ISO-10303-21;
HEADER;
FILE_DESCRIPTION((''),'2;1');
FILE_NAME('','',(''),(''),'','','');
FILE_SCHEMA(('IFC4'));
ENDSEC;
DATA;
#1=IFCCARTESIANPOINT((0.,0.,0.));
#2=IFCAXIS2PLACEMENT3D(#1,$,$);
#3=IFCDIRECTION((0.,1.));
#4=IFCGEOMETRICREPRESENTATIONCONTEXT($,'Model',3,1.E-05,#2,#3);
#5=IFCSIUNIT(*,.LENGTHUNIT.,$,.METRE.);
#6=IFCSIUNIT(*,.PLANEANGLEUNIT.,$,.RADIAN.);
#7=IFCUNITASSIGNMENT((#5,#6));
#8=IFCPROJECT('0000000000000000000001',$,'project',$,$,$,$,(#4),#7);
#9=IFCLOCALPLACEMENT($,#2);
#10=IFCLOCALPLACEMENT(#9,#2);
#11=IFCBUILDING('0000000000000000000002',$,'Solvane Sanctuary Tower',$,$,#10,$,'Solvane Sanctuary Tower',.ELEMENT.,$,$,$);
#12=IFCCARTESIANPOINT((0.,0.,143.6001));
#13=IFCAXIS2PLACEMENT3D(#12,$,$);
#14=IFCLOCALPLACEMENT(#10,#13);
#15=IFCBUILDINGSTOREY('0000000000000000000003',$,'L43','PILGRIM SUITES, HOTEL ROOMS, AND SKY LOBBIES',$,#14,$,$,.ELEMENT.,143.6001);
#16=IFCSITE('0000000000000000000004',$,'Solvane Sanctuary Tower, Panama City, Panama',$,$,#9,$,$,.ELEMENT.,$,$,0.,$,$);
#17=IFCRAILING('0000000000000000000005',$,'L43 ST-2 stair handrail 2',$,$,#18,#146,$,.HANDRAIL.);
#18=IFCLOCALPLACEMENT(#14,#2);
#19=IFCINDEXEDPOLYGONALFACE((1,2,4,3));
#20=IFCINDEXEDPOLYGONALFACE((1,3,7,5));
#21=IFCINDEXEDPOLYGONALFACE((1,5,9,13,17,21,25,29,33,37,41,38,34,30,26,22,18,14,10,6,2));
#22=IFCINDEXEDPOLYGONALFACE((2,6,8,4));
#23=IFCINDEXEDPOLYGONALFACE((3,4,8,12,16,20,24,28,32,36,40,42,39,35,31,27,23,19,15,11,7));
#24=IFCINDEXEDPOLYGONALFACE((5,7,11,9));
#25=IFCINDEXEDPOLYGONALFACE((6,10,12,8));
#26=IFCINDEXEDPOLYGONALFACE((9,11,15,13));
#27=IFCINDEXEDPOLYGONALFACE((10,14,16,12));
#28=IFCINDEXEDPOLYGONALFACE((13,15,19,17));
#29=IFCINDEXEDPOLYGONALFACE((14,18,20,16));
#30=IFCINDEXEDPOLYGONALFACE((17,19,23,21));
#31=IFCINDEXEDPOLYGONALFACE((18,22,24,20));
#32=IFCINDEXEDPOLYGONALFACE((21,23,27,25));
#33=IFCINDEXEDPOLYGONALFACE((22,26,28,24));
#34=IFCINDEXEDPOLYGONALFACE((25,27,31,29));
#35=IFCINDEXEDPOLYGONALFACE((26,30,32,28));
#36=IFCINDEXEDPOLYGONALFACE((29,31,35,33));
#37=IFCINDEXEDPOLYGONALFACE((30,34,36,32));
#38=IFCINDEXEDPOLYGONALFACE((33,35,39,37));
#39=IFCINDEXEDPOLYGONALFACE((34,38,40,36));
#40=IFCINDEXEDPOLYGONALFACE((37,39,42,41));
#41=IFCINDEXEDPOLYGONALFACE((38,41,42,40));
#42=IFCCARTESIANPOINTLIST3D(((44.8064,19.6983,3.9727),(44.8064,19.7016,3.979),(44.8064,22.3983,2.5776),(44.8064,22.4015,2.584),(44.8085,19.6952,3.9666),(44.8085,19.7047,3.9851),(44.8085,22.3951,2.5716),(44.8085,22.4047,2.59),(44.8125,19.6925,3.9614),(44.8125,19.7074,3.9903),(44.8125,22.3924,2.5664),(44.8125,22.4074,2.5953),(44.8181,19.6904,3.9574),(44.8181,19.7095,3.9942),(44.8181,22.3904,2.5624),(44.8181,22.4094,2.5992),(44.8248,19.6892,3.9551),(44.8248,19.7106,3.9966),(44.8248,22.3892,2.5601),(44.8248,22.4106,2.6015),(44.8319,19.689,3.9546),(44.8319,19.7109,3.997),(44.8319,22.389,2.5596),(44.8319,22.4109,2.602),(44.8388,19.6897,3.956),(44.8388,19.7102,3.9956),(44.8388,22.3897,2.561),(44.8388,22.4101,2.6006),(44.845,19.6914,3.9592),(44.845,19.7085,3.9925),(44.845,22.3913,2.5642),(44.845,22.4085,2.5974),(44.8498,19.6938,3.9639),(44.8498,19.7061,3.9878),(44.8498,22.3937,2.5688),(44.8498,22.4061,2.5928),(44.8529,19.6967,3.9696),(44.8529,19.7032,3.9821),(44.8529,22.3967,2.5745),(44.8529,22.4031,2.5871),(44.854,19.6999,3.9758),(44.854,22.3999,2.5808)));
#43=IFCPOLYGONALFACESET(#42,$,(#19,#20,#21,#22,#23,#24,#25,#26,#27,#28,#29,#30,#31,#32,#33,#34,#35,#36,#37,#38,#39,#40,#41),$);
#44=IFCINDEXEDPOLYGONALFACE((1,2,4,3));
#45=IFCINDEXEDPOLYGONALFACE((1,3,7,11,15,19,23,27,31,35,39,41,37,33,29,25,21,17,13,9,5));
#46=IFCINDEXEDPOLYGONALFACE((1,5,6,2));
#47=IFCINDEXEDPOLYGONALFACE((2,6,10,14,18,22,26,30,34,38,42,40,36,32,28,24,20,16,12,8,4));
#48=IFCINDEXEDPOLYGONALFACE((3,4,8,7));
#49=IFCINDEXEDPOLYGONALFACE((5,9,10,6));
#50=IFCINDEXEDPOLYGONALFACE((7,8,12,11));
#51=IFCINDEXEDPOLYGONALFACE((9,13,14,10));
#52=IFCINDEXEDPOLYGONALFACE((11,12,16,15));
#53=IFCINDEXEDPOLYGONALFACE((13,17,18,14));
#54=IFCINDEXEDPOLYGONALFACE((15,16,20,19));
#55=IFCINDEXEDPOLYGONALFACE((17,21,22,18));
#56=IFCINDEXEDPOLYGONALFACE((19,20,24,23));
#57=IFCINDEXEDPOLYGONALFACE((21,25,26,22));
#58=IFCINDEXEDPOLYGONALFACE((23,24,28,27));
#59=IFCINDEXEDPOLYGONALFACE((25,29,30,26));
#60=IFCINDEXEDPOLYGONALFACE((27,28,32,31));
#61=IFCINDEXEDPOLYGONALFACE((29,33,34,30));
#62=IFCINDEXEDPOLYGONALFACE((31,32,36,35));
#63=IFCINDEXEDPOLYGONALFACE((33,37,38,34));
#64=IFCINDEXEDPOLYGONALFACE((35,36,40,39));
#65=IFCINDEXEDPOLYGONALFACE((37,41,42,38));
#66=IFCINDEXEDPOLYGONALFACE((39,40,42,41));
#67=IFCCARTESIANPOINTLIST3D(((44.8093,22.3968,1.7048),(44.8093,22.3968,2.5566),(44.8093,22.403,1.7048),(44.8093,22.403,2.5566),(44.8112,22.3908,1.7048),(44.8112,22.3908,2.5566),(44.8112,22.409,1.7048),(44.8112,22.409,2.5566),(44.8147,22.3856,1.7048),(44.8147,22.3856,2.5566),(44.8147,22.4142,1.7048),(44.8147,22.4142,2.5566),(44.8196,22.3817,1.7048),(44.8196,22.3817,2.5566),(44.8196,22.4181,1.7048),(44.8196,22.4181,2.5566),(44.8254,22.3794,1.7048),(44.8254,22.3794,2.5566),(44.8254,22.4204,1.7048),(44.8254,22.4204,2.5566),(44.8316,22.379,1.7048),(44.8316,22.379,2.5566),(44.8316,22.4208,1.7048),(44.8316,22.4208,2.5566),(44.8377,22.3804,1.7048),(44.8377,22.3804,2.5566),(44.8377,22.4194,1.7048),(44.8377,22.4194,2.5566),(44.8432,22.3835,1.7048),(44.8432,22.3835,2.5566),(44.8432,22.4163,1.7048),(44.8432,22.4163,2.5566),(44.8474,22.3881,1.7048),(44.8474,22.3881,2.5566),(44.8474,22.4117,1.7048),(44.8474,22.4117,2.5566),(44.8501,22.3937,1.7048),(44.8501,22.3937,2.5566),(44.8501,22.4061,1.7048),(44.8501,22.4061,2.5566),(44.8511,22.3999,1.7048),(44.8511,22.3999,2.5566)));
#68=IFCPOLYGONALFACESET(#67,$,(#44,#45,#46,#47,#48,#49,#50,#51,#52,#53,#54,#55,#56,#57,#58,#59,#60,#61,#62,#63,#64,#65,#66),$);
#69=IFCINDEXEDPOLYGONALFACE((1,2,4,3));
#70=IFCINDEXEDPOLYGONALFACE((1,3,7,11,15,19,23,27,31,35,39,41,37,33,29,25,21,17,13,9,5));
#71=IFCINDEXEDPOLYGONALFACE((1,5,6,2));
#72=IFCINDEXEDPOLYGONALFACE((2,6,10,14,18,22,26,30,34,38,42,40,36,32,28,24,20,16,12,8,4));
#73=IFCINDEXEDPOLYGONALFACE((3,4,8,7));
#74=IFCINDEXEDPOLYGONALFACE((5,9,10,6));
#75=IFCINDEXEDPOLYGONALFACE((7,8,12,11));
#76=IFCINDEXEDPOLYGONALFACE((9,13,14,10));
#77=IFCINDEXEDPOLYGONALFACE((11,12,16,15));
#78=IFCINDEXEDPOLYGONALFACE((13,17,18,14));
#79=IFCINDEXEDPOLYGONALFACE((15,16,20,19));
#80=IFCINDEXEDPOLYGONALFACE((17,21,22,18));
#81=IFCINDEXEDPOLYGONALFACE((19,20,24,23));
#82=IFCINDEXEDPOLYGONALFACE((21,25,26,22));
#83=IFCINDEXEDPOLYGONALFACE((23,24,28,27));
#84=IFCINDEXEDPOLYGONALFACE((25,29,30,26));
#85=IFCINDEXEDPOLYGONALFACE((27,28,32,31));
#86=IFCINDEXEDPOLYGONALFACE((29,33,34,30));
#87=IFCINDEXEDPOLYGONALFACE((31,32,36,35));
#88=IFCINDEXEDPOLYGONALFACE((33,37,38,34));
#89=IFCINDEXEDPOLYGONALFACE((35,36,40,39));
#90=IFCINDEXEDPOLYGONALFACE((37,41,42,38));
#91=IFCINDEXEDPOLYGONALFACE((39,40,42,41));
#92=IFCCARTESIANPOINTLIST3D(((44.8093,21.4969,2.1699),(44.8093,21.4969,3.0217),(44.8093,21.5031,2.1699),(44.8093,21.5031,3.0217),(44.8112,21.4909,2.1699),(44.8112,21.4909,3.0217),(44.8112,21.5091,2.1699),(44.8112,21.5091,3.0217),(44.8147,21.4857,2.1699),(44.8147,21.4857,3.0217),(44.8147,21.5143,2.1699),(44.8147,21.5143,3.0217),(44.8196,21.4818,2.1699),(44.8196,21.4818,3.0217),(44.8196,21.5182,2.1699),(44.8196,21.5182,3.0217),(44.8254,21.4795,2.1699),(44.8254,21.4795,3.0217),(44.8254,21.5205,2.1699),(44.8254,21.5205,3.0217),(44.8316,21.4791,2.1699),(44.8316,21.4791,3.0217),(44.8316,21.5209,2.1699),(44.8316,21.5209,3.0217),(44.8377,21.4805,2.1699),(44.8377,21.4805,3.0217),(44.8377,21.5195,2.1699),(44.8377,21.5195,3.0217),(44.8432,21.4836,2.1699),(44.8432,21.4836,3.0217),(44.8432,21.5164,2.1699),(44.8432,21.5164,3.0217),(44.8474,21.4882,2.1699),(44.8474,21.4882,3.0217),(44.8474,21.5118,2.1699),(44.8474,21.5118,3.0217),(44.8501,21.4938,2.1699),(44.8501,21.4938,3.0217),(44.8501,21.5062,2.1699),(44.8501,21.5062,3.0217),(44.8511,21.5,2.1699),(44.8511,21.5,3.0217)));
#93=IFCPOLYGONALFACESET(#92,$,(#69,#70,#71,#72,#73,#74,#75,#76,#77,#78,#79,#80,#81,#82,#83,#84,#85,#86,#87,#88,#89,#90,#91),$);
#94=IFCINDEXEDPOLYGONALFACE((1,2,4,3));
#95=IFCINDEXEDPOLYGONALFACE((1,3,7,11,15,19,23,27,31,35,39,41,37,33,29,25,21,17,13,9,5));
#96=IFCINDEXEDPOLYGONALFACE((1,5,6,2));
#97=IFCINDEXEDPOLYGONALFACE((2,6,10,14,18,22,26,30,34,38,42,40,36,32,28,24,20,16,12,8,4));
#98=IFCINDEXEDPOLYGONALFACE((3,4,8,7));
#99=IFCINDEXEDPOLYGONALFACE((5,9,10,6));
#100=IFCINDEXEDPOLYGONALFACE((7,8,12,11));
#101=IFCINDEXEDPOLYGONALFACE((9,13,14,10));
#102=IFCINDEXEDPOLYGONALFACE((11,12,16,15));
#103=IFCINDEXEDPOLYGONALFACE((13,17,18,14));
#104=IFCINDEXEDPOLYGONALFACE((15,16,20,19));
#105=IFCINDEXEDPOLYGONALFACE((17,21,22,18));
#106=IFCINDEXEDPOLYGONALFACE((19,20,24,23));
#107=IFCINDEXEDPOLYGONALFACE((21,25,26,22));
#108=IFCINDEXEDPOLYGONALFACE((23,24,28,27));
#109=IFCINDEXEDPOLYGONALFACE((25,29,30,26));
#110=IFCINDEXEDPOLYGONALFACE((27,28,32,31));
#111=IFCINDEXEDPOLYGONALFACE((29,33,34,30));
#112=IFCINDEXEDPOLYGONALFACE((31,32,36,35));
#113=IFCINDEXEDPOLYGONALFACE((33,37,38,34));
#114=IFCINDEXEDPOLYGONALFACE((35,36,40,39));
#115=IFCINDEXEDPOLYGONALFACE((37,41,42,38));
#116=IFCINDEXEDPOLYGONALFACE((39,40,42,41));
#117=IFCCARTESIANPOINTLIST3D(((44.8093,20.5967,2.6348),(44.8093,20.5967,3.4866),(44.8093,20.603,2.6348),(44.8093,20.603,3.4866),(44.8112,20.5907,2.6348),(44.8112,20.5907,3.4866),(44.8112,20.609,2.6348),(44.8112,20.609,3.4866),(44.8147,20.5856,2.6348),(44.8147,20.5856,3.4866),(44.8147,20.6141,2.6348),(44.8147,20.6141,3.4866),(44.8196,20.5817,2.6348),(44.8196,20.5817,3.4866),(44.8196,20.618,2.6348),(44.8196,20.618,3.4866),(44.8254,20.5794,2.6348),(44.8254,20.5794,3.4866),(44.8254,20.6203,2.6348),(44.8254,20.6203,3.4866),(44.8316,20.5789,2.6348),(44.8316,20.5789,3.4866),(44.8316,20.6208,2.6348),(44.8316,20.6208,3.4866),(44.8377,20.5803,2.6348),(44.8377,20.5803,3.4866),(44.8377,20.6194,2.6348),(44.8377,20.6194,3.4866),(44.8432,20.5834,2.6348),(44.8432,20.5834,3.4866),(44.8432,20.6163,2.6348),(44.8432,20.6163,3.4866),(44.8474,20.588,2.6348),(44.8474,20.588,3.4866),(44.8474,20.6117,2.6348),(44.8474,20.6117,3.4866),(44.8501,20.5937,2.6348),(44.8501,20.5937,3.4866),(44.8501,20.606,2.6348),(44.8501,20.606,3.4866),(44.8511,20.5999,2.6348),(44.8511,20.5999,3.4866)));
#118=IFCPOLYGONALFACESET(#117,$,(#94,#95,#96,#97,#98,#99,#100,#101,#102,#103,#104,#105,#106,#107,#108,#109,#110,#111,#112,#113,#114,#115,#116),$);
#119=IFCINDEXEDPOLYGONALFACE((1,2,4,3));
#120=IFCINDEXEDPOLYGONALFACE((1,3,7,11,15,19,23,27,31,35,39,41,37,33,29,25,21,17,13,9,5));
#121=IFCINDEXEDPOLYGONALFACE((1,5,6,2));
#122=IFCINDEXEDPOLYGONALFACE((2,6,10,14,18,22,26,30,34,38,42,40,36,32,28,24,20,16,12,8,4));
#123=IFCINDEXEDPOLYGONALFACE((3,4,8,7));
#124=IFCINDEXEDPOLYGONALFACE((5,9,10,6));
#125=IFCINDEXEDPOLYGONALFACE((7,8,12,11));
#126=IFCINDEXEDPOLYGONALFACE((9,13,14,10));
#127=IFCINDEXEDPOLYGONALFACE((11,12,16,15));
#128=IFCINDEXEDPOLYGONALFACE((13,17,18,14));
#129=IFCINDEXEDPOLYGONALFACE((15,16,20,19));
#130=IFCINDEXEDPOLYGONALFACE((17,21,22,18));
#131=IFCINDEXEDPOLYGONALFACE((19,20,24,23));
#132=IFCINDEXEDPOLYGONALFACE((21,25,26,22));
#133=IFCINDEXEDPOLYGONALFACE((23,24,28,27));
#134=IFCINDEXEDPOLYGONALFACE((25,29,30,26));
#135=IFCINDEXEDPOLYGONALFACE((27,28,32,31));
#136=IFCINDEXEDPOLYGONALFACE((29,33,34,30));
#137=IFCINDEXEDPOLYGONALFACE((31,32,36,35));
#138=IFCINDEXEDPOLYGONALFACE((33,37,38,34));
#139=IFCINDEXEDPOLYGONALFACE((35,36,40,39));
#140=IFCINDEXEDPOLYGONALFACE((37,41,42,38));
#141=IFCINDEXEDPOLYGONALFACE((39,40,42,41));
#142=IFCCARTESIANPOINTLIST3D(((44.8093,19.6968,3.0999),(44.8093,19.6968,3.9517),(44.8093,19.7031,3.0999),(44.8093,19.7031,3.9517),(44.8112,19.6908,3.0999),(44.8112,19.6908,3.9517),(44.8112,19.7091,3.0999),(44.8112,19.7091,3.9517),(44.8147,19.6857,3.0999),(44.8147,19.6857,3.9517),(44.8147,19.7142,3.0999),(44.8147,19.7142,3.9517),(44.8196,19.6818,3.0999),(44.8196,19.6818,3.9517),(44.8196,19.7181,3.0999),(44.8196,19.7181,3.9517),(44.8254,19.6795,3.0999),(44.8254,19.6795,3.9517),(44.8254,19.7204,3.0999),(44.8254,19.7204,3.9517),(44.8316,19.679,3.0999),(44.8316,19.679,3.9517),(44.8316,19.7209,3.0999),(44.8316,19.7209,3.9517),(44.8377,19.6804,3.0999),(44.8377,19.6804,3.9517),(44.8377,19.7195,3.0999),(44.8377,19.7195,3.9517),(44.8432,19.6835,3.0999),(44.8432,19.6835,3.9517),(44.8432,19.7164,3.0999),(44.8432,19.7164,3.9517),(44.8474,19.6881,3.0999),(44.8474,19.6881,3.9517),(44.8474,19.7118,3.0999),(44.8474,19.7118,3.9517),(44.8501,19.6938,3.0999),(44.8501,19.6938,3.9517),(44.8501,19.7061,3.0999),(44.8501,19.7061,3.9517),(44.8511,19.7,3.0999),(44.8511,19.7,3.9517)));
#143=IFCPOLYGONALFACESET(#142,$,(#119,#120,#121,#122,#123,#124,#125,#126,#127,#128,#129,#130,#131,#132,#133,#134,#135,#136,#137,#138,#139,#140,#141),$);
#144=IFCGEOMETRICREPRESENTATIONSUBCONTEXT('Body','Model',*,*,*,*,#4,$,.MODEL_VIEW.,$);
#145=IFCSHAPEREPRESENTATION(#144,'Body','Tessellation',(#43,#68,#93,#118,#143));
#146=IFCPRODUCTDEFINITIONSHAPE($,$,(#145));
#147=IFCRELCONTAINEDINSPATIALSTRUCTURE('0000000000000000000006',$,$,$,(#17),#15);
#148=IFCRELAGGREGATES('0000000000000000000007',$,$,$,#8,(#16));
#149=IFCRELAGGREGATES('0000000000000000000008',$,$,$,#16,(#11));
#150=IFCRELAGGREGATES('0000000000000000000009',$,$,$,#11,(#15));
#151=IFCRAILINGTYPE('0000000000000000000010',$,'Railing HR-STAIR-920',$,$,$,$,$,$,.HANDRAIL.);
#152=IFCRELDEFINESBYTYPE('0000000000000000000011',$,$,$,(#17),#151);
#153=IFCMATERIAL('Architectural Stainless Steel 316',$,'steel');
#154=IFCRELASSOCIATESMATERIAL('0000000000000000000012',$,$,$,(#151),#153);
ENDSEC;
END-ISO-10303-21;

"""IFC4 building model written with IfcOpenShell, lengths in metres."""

from ifc_helpers import new_model, si_unit, direction, frame, origin, origin_2d, place, context, subcontext, project, spatial, circle, extrude, material, type_object, element, save


model = new_model("IFC4")

# Units and contexts
model_context = context("Model", 3, precision=1e-05, world=origin(), true_north=direction((0.0, 1.0)))
body_context = subcontext(model_context, "Body", "Model", "MODEL_VIEW")
ifc_project = project(units=[si_unit("LENGTHUNIT", "METRE"), si_unit("PLANEANGLEUNIT", "RADIAN")], contexts=[model_context])

# Site, building, storey
site_placement = place(None, origin())
site = spatial("IfcSite", under=ifc_project, at=site_placement, Name="Solvane Sanctuary Tower, Panama City, Panama", CompositionType="ELEMENT", RefElevation=0.0)
building_placement = place(site_placement, origin())
building = spatial("IfcBuilding", under=site, at=building_placement, Name="Solvane Sanctuary Tower", LongName="Solvane Sanctuary Tower", CompositionType="ELEMENT")
storey_placement = place(building_placement, frame((0.0, 0.0, 143.6001)))
storey = spatial("IfcBuildingStorey", under=building, at=storey_placement, Name="L43", Description="PILGRIM SUITES, HOTEL ROOMS, AND SKY LOBBIES", CompositionType="ELEMENT", Elevation=143.6001)

# Shared definitions
ifc_material_1 = material(Name="Architectural Stainless Steel 316", Category="steel")

# Railing
railing_type_1 = type_object("IfcRailingType", Name="Railing HR-STAIR-920", PredefinedType="HANDRAIL", material=ifc_material_1)
railing_1_placement = place(storey_placement, frame((44.8301, 22.3999, 1.7048)))
element("IfcRailing", 1, at=railing_1_placement, inside=storey, type_object=railing_type_1, Name="L43 ST-2 stair handrail 2", PredefinedType="HANDRAIL", context=body_context, shape_type="SweptSolid", body=[
    extrude(circle(Radius=0.0239, at=origin_2d()), frame((0.0, 0.0, 0.876), z_axis=(0.0, -0.88842, 0.459032), x_axis=(1.0, 0.0, 0.0)), (0.0, 0.0, 1.0), 3.0391),
    extrude(circle(Radius=0.021, at=origin_2d()), origin(), (0.0, 0.0, 1.0), 0.8518),
    extrude(circle(Radius=0.021, at=origin_2d()), frame((0.0, -0.8999, 0.4651)), (0.0, 0.0, 1.0), 0.8518),
    extrude(circle(Radius=0.021, at=origin_2d()), frame((0.0, -1.8, 0.9299)), (0.0, 0.0, 1.0), 0.8518),
    extrude(circle(Radius=0.021, at=origin_2d()), frame((0.0, -2.7, 1.395)), (0.0, 0.0, 1.0), 0.8518),
])

save(model, "model.ifc")
